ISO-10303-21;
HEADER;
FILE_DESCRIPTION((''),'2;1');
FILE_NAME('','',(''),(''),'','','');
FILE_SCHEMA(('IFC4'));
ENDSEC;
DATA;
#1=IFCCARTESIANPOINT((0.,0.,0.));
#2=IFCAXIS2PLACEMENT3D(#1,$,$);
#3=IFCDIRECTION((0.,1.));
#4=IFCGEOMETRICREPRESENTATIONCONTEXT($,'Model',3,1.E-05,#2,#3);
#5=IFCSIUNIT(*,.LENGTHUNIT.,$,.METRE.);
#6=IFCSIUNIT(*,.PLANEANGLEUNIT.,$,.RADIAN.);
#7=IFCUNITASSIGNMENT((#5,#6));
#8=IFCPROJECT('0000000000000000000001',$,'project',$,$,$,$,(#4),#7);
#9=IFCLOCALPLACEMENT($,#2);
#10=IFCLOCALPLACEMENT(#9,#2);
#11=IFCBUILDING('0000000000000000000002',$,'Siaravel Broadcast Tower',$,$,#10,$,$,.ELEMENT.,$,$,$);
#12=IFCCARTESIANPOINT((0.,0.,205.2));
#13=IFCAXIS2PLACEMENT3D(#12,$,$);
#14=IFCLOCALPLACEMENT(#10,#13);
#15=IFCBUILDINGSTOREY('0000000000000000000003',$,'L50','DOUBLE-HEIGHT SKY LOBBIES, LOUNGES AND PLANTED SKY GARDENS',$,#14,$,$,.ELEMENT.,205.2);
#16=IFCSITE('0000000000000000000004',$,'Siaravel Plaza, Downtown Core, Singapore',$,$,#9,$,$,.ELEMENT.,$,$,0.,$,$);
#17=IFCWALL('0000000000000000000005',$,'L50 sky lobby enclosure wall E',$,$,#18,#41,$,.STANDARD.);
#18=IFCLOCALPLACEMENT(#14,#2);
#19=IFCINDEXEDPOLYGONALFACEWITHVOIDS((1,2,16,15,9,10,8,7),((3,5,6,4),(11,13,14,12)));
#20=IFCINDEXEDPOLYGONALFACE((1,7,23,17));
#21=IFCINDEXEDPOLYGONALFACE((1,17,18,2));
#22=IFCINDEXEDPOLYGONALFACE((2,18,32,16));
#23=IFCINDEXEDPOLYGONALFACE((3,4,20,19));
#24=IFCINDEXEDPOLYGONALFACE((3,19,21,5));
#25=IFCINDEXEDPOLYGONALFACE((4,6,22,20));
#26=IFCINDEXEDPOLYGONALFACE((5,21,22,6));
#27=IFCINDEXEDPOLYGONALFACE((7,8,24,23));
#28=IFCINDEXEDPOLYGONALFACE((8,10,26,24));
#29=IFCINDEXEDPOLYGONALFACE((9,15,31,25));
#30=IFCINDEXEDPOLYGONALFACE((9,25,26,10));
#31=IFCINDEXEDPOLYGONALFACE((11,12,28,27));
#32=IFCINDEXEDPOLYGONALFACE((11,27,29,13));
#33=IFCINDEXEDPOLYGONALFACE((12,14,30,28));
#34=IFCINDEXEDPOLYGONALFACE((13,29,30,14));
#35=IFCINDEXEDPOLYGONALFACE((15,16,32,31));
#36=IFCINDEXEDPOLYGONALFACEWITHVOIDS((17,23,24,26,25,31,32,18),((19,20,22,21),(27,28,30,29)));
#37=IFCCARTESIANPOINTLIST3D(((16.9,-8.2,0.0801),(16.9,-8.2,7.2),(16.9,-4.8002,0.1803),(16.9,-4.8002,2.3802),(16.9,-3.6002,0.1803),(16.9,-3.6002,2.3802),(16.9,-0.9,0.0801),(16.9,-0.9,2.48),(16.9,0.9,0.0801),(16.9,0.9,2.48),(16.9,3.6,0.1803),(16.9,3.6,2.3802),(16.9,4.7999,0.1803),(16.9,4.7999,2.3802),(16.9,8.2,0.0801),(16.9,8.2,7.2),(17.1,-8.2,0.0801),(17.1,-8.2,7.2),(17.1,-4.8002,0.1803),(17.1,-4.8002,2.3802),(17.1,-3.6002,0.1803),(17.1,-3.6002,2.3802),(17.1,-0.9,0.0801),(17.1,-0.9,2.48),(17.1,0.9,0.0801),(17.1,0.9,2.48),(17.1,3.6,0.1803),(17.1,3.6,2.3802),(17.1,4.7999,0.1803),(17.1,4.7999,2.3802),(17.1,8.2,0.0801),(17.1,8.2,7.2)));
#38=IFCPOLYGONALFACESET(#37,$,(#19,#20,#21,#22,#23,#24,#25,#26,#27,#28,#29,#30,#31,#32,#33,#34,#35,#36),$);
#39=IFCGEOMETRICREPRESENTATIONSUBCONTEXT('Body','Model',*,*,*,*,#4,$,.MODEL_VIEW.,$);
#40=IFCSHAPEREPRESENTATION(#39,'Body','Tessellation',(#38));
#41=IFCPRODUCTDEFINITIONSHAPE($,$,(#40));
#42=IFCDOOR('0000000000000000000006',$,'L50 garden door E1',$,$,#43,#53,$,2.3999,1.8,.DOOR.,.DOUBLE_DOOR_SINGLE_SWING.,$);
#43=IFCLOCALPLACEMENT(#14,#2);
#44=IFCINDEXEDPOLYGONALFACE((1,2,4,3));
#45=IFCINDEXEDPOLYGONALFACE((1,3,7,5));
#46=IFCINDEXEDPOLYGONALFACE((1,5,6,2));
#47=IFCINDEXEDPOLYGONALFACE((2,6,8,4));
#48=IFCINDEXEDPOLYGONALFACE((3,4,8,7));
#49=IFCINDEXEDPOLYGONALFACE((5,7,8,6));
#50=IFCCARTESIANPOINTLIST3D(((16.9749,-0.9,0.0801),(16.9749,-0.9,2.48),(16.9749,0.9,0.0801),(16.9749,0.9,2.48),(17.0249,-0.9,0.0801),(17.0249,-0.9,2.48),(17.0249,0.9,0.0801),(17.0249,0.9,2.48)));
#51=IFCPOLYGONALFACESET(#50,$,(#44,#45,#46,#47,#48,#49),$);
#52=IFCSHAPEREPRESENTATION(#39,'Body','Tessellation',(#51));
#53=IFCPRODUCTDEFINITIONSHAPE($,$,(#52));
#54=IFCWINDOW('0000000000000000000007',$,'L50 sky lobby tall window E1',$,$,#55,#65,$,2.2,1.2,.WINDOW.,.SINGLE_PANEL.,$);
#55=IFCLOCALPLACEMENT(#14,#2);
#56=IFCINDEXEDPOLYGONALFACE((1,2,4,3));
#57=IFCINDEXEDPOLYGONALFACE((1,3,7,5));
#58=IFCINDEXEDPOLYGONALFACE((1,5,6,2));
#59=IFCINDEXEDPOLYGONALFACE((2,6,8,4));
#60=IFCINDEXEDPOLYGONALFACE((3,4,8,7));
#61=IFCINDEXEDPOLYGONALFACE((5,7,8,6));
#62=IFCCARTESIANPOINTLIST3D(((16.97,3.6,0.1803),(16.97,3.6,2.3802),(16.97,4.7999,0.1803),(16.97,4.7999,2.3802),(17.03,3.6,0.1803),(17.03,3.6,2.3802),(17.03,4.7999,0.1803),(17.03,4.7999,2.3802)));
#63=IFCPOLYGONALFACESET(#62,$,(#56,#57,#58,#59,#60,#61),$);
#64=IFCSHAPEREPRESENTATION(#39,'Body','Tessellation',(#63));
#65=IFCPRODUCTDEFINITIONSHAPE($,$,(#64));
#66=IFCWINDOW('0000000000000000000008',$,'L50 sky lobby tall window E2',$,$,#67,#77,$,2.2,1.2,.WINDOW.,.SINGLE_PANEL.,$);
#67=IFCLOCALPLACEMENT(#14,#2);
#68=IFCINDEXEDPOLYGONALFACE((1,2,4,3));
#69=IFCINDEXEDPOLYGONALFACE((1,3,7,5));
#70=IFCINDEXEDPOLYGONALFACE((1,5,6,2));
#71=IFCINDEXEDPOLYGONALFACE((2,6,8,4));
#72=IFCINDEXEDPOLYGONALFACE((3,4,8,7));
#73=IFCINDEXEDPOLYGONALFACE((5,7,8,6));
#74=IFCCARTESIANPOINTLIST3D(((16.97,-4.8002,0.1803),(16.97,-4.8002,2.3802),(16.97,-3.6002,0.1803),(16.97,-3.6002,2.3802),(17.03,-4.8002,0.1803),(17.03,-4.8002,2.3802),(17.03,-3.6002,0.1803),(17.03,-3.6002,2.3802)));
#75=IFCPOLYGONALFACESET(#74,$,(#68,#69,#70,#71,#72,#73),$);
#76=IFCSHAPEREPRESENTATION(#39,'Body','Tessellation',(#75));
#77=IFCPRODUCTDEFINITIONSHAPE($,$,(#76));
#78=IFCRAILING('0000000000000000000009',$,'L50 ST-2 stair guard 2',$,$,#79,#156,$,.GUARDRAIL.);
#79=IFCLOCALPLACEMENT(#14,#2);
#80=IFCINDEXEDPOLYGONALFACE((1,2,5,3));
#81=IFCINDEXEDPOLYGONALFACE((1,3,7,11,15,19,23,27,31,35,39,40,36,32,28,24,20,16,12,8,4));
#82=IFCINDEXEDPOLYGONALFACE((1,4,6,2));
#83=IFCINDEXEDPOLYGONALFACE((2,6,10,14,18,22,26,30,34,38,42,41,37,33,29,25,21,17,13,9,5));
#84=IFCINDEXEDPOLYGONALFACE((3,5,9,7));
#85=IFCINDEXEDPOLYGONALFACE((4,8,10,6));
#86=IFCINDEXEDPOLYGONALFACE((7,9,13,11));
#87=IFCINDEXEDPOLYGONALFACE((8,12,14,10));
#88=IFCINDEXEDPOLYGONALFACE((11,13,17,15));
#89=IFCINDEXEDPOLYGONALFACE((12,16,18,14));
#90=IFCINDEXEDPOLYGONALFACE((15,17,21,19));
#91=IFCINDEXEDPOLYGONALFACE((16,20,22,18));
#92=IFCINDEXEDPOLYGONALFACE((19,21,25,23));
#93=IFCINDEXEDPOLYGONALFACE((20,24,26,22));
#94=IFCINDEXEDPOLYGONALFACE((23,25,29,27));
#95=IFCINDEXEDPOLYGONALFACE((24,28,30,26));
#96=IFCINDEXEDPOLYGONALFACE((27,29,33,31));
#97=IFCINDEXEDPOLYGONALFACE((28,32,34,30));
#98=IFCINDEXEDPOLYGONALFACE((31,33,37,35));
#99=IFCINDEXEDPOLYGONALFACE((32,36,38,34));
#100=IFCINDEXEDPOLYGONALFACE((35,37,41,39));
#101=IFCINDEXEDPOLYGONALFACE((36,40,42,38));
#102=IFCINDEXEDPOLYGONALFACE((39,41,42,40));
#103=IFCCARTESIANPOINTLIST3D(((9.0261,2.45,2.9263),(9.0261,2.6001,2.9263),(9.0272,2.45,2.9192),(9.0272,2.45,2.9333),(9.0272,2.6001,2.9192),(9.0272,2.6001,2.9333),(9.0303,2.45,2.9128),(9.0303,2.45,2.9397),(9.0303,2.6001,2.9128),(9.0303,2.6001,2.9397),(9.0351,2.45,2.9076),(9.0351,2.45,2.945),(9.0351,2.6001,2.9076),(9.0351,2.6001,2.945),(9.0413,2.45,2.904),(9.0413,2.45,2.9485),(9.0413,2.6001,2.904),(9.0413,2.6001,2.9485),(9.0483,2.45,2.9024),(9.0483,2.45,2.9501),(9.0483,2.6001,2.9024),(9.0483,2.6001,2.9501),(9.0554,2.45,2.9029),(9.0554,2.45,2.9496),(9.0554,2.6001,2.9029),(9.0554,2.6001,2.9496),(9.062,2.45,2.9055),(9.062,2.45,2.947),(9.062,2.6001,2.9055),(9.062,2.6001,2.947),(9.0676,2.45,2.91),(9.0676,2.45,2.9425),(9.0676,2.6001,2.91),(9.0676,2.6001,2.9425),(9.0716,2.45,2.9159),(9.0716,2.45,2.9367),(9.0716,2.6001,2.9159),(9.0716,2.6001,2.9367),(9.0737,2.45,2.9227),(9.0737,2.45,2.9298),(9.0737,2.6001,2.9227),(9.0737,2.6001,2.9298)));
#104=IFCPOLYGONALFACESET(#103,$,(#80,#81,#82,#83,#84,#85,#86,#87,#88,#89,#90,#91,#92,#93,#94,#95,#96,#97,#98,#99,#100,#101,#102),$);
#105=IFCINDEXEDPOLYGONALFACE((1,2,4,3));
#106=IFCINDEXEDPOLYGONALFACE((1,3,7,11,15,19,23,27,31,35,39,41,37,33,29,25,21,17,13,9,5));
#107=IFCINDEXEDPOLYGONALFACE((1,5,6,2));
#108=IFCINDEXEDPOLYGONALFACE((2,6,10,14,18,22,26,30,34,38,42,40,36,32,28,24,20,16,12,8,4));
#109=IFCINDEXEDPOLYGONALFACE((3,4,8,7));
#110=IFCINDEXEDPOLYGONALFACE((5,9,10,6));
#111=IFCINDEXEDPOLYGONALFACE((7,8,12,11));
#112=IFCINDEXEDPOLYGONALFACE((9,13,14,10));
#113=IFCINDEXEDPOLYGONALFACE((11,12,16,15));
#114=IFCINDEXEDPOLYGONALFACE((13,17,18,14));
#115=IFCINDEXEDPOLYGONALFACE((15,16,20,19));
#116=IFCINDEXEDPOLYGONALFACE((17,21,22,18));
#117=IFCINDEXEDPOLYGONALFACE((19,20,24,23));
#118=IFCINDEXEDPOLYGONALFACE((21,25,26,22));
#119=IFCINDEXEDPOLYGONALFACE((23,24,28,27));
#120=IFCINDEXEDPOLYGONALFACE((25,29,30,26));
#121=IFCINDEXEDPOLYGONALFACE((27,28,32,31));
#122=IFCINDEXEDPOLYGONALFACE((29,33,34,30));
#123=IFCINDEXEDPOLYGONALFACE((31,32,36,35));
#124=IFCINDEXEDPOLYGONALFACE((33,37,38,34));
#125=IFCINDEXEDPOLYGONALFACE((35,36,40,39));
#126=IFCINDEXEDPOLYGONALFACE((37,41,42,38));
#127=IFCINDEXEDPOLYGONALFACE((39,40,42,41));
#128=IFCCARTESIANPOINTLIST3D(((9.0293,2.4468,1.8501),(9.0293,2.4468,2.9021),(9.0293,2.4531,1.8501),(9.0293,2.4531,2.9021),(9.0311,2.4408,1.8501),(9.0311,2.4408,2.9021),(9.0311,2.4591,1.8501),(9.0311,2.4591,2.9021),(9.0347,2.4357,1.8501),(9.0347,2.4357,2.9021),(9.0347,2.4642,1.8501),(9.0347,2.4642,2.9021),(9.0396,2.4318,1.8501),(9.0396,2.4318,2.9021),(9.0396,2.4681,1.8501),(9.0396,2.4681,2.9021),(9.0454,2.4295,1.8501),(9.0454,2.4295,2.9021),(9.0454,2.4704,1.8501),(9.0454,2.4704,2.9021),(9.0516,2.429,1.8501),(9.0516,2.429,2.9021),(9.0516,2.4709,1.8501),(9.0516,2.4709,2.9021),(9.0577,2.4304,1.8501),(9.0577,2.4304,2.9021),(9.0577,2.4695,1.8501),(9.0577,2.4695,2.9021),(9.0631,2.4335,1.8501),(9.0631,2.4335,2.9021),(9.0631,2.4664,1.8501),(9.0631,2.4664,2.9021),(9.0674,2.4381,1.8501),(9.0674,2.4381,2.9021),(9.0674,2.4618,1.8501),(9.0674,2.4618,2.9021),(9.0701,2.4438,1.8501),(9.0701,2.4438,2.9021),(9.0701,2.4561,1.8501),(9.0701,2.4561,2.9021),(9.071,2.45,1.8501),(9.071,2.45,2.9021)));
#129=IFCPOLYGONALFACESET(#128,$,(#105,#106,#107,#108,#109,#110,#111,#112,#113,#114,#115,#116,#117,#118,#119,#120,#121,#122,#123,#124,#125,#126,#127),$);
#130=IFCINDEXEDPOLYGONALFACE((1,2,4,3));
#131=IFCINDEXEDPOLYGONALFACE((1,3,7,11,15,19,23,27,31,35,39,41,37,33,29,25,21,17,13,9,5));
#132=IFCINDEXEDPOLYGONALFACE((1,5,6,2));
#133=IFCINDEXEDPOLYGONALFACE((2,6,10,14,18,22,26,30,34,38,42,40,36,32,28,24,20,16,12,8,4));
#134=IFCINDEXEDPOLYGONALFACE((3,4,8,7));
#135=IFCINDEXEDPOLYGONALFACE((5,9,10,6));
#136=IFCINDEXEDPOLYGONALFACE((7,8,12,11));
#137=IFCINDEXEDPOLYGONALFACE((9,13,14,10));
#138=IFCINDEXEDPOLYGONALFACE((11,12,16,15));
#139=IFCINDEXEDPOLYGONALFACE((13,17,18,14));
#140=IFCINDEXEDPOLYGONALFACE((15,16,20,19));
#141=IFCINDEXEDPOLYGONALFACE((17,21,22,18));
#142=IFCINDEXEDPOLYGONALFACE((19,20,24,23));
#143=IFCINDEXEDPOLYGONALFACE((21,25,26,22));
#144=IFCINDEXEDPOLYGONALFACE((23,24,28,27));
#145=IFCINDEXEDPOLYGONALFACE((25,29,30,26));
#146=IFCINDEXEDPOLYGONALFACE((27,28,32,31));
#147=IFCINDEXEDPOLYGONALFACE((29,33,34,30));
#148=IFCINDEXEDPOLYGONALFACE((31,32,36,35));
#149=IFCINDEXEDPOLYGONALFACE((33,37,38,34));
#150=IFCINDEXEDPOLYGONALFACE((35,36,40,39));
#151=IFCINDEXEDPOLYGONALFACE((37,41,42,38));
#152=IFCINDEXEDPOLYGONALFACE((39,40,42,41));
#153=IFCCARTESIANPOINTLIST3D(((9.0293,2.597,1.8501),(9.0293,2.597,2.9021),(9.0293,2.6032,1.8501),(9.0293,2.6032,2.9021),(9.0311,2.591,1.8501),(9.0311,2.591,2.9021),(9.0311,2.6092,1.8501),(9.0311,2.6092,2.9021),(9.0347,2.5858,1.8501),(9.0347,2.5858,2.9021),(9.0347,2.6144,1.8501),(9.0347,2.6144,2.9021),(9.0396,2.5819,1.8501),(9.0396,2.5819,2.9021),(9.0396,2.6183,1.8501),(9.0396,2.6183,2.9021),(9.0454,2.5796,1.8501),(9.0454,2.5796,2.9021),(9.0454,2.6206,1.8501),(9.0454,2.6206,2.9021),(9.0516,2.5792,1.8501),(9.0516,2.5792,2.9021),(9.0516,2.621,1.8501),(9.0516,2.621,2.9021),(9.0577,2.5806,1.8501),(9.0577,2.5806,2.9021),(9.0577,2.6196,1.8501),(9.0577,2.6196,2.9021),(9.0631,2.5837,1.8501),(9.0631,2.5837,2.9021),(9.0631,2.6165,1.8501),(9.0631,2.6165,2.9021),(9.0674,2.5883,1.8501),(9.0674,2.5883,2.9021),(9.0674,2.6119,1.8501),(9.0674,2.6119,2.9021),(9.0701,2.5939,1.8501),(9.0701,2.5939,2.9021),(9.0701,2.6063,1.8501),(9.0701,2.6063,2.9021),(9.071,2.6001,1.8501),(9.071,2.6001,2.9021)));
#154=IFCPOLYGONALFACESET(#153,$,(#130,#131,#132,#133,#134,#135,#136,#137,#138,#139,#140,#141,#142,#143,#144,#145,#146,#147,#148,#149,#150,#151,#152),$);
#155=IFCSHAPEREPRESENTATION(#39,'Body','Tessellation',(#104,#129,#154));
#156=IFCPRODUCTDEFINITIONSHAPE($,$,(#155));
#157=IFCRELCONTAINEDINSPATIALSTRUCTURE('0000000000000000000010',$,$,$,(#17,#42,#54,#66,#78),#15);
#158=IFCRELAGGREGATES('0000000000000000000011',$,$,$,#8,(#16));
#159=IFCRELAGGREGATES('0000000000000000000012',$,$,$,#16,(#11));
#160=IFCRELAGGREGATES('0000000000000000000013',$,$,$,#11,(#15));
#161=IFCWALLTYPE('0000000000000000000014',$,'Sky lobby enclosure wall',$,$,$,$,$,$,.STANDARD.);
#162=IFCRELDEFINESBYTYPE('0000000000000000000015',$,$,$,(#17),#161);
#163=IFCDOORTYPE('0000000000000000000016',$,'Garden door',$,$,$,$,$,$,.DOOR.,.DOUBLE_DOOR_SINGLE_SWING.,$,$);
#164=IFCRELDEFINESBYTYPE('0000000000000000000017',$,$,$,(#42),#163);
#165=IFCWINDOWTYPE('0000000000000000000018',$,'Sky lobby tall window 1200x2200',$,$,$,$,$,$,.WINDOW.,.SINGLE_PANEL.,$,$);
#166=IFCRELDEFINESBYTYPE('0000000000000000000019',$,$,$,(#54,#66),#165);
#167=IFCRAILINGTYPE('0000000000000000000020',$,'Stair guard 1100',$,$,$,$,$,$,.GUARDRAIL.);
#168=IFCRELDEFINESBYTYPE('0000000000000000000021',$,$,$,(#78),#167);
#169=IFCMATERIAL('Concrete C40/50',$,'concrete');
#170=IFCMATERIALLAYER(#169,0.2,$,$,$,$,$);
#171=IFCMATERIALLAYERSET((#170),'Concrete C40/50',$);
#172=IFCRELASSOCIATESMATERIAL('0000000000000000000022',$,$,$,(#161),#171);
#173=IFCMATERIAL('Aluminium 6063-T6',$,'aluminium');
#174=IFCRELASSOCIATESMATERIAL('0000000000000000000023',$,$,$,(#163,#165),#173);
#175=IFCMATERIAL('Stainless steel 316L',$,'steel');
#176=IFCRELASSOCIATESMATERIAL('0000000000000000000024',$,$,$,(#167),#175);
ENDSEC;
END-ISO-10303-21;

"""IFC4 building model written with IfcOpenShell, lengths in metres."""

from ifc_helpers import new_model, si_unit, direction, frame, frame_2d, origin, origin_2d, place, context, subcontext, project, spatial, rectangle, circle, extrude, material, layer, layer_set, type_object, element, fill, save


model = new_model("IFC4")

# Units and contexts
model_context = context("Model", 3, precision=1e-05, world=origin(), true_north=direction((0.0, 1.0)))
body_context = subcontext(model_context, "Body", "Model", "MODEL_VIEW")
ifc_project = project(units=[si_unit("LENGTHUNIT", "METRE"), si_unit("PLANEANGLEUNIT", "RADIAN")], contexts=[model_context])

# Site, building, storey
site_placement = place(None, origin())
site = spatial("IfcSite", under=ifc_project, at=site_placement, Name="Siaravel Plaza, Downtown Core, Singapore", CompositionType="ELEMENT", RefElevation=0.0)
building_placement = place(site_placement, origin())
building = spatial("IfcBuilding", under=site, at=building_placement, Name="Siaravel Broadcast Tower", CompositionType="ELEMENT")
storey_placement = place(building_placement, frame((0.0, 0.0, 205.2)))
storey = spatial("IfcBuildingStorey", under=building, at=storey_placement, Name="L50", Description="DOUBLE-HEIGHT SKY LOBBIES, LOUNGES AND PLANTED SKY GARDENS", CompositionType="ELEMENT", Elevation=205.2)

# Shared definitions
ifc_material_1 = material(Name="Concrete C40/50", Category="concrete")
ifc_layer_1 = layer(ifc_material_1, 0.2)
ifc_layer_set_1 = layer_set([ifc_layer_1], Name="Concrete C40/50")
wall_type_1 = type_object("IfcWallType", Name="Sky lobby enclosure wall", PredefinedType="STANDARD", material=ifc_layer_set_1)

# Wall, openings, door, windows
wall_1_placement = place(storey_placement, frame((17.0, 8.2, 0.0801), z_axis=(0.0, 0.0, 1.0), x_axis=(0.0, -1.0, 0.0)))
wall_1 = element("IfcWall", 1, at=wall_1_placement, inside=storey, type_object=wall_type_1, Name="L50 sky lobby enclosure wall E", PredefinedType="STANDARD", context=body_context, shape_type="SweptSolid", body=[
    extrude(rectangle(XDim=16.3999, YDim=0.2, at=frame_2d((8.2, 0.0))), origin(), (0.0, 0.0, 1.0), 7.1199),
])
opening_1_placement = place(wall_1_placement, frame((7.3, 0.0, 0.0)))
opening_1 = element("IfcOpeningElement", 2, at=opening_1_placement, cuts=wall_1, PredefinedType="OPENING", context=body_context, shape_type="SweptSolid", body=[
    extrude(rectangle(XDim=1.8, YDim=2.3999, at=frame_2d((0.8999, 1.2))), frame((0.0, 0.1099, 0.0), z_axis=(0.0, -1.0, 0.0), x_axis=(1.0, 0.0, 0.0)), (0.0, 0.0, 1.0), 0.22),
])
opening_2_placement = place(wall_1_placement, frame((3.3999, 0.0, 0.1001)))
opening_2 = element("IfcOpeningElement", 3, at=opening_2_placement, cuts=wall_1, PredefinedType="OPENING", context=body_context, shape_type="SweptSolid", body=[
    extrude(rectangle(XDim=1.2, YDim=2.2, at=frame_2d((0.6001, 1.1001))), frame((0.0, 0.1099, 0.0), z_axis=(0.0, -1.0, 0.0), x_axis=(1.0, 0.0, 0.0)), (0.0, 0.0, 1.0), 0.22),
])
opening_3_placement = place(wall_1_placement, frame((11.8, 0.0, 0.1001)))
opening_3 = element("IfcOpeningElement", 4, at=opening_3_placement, cuts=wall_1, PredefinedType="OPENING", context=body_context, shape_type="SweptSolid", body=[
    extrude(rectangle(XDim=1.2, YDim=2.2, at=frame_2d((0.6001, 1.1001))), frame((0.0, 0.1099, 0.0), z_axis=(0.0, -1.0, 0.0), x_axis=(1.0, 0.0, 0.0)), (0.0, 0.0, 1.0), 0.22),
])
ifc_material_2 = material(Name="Aluminium 6063-T6", Category="aluminium")
door_type_1 = type_object("IfcDoorType", Name="Garden door", OperationType="DOUBLE_DOOR_SINGLE_SWING", PredefinedType="DOOR", material=ifc_material_2)
door_1_placement = place(opening_1_placement, origin())
door_1 = element("IfcDoor", 5, at=door_1_placement, inside=storey, type_object=door_type_1, Name="L50 garden door E1", OperationType="DOUBLE_DOOR_SINGLE_SWING", OverallHeight=2.3999, OverallWidth=1.8, PredefinedType="DOOR", context=body_context, shape_type="SweptSolid", body=[
    extrude(rectangle(XDim=1.8, YDim=2.3999, at=frame_2d((0.8999, 1.2))), frame((0.0, 0.0249, 0.0), z_axis=(0.0, -1.0, 0.0), x_axis=(1.0, 0.0, 0.0)), (0.0, 0.0, 1.0), 0.05),
])
fill(opening_1, door_1)
window_type = type_object("IfcWindowType", Name="Sky lobby tall window 1200x2200", PartitioningType="SINGLE_PANEL", PredefinedType="WINDOW", material=ifc_material_2)
window_1_placement = place(opening_2_placement, origin())
window_1 = element("IfcWindow", 6, at=window_1_placement, inside=storey, type_object=window_type, Name="L50 sky lobby tall window E1", OverallHeight=2.2, OverallWidth=1.2, PartitioningType="SINGLE_PANEL", PredefinedType="WINDOW", context=body_context, shape_type="SweptSolid", body=[
    extrude(rectangle(XDim=1.2, YDim=2.2, at=frame_2d((0.6001, 1.1001))), frame((0.0, 0.03, 0.0), z_axis=(0.0, -1.0, 0.0), x_axis=(1.0, 0.0, 0.0)), (0.0, 0.0, 1.0), 0.0601),
])
fill(opening_2, window_1)
window_2_placement = place(opening_3_placement, origin())
window_2 = element("IfcWindow", 7, at=window_2_placement, inside=storey, type_object=window_type, Name="L50 sky lobby tall window E2", OverallHeight=2.2, OverallWidth=1.2, PartitioningType="SINGLE_PANEL", PredefinedType="WINDOW", context=body_context, shape_type="SweptSolid", body=[
    extrude(rectangle(XDim=1.2, YDim=2.2, at=frame_2d((0.6001, 1.1001))), frame((0.0, 0.03, 0.0), z_axis=(0.0, -1.0, 0.0), x_axis=(1.0, 0.0, 0.0)), (0.0, 0.0, 1.0), 0.0601),
])
fill(opening_3, window_2)

# Railing
ifc_material_3 = material(Name="Stainless steel 316L", Category="steel")
railing_type_1 = type_object("IfcRailingType", Name="Stair guard 1100", PredefinedType="GUARDRAIL", material=ifc_material_3)
for number, where, name in (
    (8, (9.05, 2.45, 1.8501), "L50 ST-2 stair guard 2"),
):
    element("IfcRailing", number, at=place(storey_placement, frame(where)), inside=storey, type_object=railing_type_1, Name=name, PredefinedType="GUARDRAIL", context=body_context, shape_type="SweptSolid", body=[
        extrude(circle(Radius=0.0239, at=origin_2d()), frame((0.0, 0.0, 1.0762), z_axis=(0.0, 1.0, 0.0), x_axis=(-1.0, 0.0, 0.0)), (0.0, 0.0, 1.0), 0.1501),
        extrude(circle(Radius=0.021, at=origin_2d()), origin(), (0.0, 0.0, 1.0), 1.052),
        extrude(circle(Radius=0.021, at=origin_2d()), frame((0.0, 0.1501, 0.0)), (0.0, 0.0, 1.0), 1.052),
    ])

save(model, "model.ifc")
